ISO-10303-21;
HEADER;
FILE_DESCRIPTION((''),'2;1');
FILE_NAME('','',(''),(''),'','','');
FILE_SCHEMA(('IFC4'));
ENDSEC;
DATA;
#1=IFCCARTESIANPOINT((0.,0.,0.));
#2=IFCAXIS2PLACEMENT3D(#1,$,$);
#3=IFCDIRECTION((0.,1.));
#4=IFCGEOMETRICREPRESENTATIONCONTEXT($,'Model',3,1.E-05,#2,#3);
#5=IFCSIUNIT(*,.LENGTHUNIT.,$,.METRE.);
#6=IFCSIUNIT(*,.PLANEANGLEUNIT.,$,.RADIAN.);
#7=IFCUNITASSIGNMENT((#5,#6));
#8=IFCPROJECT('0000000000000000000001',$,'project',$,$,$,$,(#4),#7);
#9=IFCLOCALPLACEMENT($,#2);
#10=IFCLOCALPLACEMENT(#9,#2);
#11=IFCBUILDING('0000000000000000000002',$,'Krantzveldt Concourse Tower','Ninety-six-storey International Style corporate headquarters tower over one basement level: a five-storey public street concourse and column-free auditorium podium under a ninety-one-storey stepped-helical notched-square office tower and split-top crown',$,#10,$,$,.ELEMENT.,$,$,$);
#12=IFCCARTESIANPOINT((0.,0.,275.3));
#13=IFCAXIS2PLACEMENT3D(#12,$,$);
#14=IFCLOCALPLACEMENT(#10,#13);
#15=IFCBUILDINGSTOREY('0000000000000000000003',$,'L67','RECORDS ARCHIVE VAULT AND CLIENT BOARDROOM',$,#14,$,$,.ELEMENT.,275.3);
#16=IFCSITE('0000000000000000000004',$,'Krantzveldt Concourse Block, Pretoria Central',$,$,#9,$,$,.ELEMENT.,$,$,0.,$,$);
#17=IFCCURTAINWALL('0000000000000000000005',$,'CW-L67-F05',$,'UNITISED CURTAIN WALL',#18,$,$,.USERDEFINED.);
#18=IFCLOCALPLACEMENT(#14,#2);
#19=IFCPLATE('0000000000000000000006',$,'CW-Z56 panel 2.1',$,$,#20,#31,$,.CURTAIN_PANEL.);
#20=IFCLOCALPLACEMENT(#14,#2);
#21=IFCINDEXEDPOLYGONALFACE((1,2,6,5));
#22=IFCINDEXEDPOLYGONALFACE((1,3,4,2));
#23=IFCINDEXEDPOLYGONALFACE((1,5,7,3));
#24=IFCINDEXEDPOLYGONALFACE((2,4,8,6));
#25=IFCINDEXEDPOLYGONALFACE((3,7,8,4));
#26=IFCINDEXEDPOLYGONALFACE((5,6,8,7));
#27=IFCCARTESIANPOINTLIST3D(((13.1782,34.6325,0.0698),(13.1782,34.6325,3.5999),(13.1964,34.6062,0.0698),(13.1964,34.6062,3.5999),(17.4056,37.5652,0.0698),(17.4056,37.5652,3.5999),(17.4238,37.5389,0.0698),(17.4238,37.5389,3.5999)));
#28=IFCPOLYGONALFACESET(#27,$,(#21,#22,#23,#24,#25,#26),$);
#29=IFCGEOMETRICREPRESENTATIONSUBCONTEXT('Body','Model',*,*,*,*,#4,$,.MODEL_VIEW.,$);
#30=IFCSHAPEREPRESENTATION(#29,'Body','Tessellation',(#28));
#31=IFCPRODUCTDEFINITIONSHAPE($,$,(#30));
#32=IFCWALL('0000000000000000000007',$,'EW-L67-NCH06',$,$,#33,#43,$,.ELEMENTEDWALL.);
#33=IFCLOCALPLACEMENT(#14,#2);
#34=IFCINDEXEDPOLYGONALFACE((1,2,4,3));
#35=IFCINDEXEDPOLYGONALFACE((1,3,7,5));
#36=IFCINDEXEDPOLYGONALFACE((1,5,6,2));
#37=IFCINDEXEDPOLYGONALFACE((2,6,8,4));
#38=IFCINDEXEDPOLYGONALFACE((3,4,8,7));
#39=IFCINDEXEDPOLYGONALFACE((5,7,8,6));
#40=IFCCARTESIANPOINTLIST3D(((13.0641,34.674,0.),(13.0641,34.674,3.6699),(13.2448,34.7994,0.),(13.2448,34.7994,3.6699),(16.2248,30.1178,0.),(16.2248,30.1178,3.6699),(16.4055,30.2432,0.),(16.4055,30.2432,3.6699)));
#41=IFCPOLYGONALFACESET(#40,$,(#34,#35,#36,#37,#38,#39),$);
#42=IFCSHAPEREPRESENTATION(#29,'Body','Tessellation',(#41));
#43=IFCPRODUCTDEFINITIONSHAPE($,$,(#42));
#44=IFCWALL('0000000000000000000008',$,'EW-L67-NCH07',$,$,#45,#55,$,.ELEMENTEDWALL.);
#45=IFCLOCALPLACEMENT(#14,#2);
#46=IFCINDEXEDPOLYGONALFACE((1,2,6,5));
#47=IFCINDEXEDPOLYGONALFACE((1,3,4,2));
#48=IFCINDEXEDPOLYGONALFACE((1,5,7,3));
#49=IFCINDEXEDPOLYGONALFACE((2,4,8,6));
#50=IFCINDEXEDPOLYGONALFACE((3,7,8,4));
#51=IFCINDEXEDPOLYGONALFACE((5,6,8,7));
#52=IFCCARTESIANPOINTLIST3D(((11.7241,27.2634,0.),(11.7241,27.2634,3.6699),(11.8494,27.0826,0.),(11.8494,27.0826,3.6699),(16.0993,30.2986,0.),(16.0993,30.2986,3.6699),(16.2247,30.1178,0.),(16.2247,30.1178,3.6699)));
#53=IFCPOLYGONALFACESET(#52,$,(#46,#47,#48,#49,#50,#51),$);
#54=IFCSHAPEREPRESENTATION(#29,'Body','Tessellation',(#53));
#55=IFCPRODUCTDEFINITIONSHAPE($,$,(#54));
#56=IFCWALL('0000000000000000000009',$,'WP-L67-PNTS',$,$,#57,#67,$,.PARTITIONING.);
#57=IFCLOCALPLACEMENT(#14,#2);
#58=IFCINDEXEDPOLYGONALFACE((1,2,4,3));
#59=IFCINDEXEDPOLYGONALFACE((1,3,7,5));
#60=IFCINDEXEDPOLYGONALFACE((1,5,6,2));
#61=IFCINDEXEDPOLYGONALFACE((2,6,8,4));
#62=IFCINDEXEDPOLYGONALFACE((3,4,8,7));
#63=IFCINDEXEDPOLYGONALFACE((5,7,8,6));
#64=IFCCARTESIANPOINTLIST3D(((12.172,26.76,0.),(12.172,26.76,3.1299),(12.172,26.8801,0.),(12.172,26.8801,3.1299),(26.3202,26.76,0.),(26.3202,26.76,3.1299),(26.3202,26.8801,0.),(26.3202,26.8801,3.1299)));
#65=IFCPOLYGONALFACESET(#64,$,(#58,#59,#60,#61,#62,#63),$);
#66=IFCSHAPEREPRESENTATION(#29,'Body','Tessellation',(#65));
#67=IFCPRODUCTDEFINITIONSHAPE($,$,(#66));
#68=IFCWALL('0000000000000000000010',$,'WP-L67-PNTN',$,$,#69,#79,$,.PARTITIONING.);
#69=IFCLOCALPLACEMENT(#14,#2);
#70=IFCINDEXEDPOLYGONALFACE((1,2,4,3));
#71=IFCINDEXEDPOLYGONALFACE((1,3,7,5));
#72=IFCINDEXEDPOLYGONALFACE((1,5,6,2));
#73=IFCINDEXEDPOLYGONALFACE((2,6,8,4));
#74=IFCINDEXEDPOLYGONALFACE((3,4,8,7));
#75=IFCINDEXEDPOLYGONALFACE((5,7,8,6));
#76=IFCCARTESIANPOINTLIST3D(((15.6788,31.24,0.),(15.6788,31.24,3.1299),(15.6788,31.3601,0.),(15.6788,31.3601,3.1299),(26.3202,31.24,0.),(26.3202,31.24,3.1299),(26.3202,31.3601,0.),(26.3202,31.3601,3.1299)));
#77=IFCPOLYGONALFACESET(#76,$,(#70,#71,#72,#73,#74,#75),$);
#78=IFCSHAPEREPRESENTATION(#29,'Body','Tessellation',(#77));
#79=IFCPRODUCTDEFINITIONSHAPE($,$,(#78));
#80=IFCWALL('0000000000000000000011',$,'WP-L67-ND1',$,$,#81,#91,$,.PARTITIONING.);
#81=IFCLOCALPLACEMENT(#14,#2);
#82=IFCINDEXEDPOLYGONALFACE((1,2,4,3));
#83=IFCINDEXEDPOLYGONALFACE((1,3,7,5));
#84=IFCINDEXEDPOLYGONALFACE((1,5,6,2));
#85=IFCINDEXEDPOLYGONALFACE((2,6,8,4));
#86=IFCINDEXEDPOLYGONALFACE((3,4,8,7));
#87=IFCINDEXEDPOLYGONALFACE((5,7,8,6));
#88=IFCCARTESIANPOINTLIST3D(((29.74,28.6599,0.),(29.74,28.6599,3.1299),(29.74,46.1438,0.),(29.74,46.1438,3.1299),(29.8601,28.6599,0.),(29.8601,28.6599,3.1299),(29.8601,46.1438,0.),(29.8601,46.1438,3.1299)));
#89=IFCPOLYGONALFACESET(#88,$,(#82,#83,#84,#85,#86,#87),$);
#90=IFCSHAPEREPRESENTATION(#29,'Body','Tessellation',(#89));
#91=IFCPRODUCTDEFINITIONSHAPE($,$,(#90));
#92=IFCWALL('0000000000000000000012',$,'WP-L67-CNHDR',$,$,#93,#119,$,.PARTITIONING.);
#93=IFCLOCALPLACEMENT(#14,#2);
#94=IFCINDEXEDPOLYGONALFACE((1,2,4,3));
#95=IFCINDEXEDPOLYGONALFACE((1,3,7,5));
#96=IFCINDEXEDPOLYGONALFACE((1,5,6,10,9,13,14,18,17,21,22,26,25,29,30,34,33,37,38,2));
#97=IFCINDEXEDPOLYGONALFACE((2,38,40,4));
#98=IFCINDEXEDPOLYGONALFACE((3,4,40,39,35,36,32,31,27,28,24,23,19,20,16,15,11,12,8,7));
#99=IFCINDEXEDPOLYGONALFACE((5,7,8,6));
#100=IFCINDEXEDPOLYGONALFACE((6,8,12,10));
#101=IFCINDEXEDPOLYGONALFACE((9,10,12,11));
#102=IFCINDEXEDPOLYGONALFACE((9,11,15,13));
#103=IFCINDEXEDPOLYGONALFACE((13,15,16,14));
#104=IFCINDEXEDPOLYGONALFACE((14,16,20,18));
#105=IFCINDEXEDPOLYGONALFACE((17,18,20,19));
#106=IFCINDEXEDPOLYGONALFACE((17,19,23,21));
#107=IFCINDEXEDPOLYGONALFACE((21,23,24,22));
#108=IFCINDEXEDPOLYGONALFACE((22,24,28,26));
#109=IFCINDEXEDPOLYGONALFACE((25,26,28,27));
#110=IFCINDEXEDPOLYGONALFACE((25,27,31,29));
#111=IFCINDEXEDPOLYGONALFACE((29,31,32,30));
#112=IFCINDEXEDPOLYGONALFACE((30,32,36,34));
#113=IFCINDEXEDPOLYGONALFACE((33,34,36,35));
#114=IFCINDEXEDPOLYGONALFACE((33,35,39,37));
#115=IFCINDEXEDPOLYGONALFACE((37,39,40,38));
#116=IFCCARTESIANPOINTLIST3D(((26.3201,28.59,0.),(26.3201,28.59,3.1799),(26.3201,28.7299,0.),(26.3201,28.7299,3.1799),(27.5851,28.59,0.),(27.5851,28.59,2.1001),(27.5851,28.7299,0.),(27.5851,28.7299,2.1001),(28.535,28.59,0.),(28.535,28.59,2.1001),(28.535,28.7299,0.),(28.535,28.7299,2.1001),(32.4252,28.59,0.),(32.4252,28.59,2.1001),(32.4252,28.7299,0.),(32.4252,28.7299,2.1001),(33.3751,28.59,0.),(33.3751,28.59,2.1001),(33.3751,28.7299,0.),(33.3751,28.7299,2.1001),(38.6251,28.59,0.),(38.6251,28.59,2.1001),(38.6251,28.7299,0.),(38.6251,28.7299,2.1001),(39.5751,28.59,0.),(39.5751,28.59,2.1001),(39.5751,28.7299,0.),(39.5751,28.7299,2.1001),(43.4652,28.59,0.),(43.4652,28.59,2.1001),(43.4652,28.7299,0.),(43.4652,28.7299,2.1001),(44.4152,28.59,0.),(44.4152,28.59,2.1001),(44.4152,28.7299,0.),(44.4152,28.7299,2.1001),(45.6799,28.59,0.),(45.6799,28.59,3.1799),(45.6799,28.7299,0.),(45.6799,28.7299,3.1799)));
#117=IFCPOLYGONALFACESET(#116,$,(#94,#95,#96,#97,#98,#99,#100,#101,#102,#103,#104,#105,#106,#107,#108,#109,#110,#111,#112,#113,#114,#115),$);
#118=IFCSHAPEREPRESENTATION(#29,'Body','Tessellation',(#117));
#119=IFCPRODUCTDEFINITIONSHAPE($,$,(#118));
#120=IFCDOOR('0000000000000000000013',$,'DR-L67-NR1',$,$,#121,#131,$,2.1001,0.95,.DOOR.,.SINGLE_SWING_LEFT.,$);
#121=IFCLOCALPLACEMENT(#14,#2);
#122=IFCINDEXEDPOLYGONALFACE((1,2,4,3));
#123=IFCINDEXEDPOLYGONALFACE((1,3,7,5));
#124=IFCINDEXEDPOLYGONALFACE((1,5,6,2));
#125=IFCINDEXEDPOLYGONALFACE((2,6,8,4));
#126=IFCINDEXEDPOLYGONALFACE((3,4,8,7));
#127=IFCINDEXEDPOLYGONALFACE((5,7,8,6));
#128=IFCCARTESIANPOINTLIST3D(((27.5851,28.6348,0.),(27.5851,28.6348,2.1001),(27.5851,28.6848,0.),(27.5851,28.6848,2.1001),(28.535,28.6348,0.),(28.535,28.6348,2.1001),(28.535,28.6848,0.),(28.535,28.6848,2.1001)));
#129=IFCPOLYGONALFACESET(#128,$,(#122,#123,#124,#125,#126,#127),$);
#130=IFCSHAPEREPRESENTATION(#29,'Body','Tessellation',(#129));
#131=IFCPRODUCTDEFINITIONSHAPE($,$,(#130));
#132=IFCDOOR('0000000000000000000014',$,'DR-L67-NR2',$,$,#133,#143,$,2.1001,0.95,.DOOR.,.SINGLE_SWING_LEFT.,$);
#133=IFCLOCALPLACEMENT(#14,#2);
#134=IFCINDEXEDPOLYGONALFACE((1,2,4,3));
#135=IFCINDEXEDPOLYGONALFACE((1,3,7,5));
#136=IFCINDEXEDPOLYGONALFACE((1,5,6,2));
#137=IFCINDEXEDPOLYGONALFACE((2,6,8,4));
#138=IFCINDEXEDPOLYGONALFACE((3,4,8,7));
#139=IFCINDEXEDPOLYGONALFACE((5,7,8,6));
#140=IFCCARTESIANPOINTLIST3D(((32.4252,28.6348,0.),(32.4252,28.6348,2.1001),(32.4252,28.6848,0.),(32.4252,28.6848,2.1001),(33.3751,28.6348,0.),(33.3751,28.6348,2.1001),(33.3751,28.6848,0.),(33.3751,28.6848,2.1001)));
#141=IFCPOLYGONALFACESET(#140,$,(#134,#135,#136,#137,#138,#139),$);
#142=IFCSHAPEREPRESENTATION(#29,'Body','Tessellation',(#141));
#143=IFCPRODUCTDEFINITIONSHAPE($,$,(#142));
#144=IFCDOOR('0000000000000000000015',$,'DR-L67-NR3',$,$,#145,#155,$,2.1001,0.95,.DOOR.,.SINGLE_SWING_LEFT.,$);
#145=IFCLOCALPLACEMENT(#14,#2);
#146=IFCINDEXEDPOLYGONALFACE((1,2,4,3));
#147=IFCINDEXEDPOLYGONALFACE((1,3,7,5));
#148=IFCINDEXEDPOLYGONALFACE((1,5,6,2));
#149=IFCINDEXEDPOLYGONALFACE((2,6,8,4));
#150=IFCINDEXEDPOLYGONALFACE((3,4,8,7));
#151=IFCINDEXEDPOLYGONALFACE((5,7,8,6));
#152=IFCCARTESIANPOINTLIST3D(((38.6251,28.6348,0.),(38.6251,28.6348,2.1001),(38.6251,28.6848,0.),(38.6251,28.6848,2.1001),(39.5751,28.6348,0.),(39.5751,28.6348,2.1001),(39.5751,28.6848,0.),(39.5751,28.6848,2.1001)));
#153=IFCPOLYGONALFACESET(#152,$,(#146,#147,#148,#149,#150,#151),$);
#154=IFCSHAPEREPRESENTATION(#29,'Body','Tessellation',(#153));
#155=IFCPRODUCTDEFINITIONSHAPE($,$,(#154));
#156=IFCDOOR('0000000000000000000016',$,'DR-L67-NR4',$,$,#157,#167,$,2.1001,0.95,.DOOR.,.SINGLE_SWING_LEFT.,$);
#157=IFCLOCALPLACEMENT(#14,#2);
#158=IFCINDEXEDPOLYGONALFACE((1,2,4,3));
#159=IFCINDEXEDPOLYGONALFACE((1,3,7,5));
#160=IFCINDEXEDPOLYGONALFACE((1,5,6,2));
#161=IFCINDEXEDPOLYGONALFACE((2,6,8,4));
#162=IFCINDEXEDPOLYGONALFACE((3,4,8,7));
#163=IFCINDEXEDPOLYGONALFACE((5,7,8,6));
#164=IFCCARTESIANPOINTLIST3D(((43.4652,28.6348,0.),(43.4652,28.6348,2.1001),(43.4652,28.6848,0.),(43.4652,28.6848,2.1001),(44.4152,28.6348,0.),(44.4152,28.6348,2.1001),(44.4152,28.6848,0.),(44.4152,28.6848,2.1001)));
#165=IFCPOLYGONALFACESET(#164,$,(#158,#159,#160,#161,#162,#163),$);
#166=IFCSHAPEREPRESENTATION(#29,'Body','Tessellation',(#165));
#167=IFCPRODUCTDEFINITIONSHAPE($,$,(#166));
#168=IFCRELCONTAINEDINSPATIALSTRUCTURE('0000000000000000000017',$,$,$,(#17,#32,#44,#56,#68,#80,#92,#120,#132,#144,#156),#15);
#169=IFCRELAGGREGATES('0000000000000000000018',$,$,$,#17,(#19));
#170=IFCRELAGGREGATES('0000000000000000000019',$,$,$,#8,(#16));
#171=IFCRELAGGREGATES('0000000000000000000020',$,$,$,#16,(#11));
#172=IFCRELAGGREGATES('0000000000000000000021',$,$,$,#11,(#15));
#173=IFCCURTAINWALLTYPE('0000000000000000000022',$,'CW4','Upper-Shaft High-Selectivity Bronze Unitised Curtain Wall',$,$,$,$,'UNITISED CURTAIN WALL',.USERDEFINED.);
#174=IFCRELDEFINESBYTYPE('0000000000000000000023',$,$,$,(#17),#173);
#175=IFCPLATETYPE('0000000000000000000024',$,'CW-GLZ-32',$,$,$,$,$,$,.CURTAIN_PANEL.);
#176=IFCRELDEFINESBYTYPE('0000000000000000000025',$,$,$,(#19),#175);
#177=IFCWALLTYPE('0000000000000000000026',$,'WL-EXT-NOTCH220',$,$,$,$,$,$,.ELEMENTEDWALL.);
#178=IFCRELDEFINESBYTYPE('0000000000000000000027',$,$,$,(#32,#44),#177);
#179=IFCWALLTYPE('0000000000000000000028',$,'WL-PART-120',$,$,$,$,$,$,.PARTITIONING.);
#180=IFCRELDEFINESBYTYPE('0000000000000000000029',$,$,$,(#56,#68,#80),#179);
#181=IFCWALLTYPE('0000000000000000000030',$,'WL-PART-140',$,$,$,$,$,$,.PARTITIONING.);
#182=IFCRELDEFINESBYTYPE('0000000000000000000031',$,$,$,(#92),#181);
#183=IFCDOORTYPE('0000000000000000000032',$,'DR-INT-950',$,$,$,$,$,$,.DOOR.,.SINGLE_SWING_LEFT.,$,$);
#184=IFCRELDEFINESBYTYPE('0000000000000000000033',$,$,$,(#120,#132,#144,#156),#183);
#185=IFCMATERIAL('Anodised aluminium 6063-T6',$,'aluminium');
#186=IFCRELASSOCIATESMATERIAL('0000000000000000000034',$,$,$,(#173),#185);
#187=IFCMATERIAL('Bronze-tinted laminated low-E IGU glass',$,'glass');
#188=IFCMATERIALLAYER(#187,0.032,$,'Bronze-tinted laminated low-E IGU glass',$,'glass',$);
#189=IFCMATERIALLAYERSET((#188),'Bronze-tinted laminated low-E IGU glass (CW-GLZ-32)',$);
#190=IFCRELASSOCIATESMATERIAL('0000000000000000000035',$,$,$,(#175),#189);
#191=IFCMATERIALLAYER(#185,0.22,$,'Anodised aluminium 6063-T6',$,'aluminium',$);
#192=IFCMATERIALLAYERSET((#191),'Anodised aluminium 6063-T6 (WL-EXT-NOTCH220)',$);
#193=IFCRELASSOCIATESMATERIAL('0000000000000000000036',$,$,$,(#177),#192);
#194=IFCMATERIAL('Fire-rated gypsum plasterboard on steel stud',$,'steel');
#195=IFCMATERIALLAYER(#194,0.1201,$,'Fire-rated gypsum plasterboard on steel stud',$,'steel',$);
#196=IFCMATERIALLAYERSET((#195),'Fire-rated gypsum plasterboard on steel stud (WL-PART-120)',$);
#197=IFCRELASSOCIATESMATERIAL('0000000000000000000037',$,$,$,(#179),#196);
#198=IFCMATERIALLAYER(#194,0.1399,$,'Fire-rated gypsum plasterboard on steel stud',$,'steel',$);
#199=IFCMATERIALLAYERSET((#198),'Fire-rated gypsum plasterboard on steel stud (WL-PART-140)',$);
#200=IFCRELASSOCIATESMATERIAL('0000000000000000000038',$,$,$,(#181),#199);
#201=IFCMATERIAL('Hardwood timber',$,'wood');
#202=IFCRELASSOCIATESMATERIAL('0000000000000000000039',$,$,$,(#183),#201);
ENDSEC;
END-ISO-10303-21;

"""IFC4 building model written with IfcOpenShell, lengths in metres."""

from ifc_helpers import new_model, si_unit, direction, frame, frame_2d, origin, origin_2d, place, context, subcontext, project, spatial, rectangle, extrude, source, transform, mapped, material, layer, layer_set, type_object, type_shapes, element, fill, aggregate, save


model = new_model("IFC4")

# Units and contexts
model_context = context("Model", 3, precision=1e-05, world=origin(), true_north=direction((0.0, 1.0)))
body_context = subcontext(model_context, "Body", "Model", "MODEL_VIEW")
ifc_project = project(units=[si_unit("LENGTHUNIT", "METRE"), si_unit("PLANEANGLEUNIT", "RADIAN")], contexts=[model_context])

# Site, building, storey
site_placement = place(None, origin())
site = spatial("IfcSite", under=ifc_project, at=site_placement, Name="Krantzveldt Concourse Block, Pretoria Central", CompositionType="ELEMENT", RefElevation=0.0)
building_placement = place(site_placement, origin())
building = spatial("IfcBuilding", under=site, at=building_placement, Name="Krantzveldt Concourse Tower", Description="Ninety-six-storey International Style corporate headquarters tower over one basement level: a five-storey public street concourse and column-free auditorium podium under a ninety-one-storey stepped-helical notched-square office tower and split-top crown", CompositionType="ELEMENT")
storey_placement = place(building_placement, frame((0.0, 0.0, 275.3)))
storey = spatial("IfcBuildingStorey", under=building, at=storey_placement, Name="L67", Description="RECORDS ARCHIVE VAULT AND CLIENT BOARDROOM", CompositionType="ELEMENT", Elevation=275.3)

# Curtain wall
ifc_material_1 = material(Name="Anodised aluminium 6063-T6", Category="aluminium")
curtain_wall_type = type_object("IfcCurtainWallType", Name="CW4", Description="Upper-Shaft High-Selectivity Bronze Unitised Curtain Wall", ElementType="UNITISED CURTAIN WALL", PredefinedType="USERDEFINED", material=ifc_material_1)
curtain_wall_1_placement = place(storey_placement, origin())
curtain_wall_1 = element("IfcCurtainWall", 1, at=curtain_wall_1_placement, inside=storey, type_object=curtain_wall_type, Name="CW-L67-F05", ObjectType="UNITISED CURTAIN WALL", PredefinedType="USERDEFINED")

# Plate
ifc_material_2 = material(Name="Bronze-tinted laminated low-E IGU glass", Category="glass")
ifc_layer_1 = layer(ifc_material_2, 0.032, Name="Bronze-tinted laminated low-E IGU glass", Category="glass")
ifc_layer_set_1 = layer_set([ifc_layer_1], Name="Bronze-tinted laminated low-E IGU glass (CW-GLZ-32)")
plate_type = type_object("IfcPlateType", Name="CW-GLZ-32", PredefinedType="CURTAIN_PANEL", material=ifc_layer_set_1)
shared_shape_1 = source(origin(), body_context, "Body", "SweptSolid", [
    extrude(rectangle(XDim=5.145, YDim=0.032, at=origin_2d()), origin(), (0.0, 0.0, 1.0), 3.53),
])
type_shapes(plate_type, [shared_shape_1])
plate_placement = place(storey_placement, frame((15.301, 36.0857, 0.0698), z_axis=(0.0, 0.0, 1.0), x_axis=(-0.821647, -0.569996, 0.0)))
plate = element("IfcPlate", 2, at=plate_placement, type_object=plate_type, Name="CW-Z56 panel 2.1", PredefinedType="CURTAIN_PANEL", context=body_context, shape_type="MappedRepresentation", body=[
    mapped(shared_shape_1, transform((0.0, 0.0, 0.0), x_axis=(1.0, 0.0, 0.0), y_axis=(0.0, 1.0, 0.0), z_axis=(0.0, 0.0, 1.0), scale=1.0)),
])
aggregate(curtain_wall_1, [plate])

# Walls
ifc_layer_2 = layer(ifc_material_1, 0.22, Name="Anodised aluminium 6063-T6", Category="aluminium")
ifc_layer_set_2 = layer_set([ifc_layer_2], Name="Anodised aluminium 6063-T6 (WL-EXT-NOTCH220)")
wall_type_1 = type_object("IfcWallType", Name="WL-EXT-NOTCH220", PredefinedType="ELEMENTEDWALL", material=ifc_layer_set_2)
wall_1_placement = place(storey_placement, frame((13.1545, 34.7366, 0.0), z_axis=(0.0, 0.0, 1.0), x_axis=(0.569988, -0.821653, 0.0)))
element("IfcWall", 3, at=wall_1_placement, inside=storey, type_object=wall_type_1, Name="EW-L67-NCH06", PredefinedType="ELEMENTEDWALL", context=body_context, shape_type="SweptSolid", body=[
    extrude(rectangle(XDim=5.5452, YDim=0.22, at=frame_2d((2.7725, 0.0))), origin(), (0.0, 0.0, 1.0), 3.6699),
])
wall_2_placement = place(storey_placement, frame((16.1621, 30.2083, 0.0), z_axis=(0.0, 0.0, 1.0), x_axis=(-0.821652, -0.569989, 0.0)))
element("IfcWall", 4, at=wall_2_placement, inside=storey, type_object=wall_type_1, Name="EW-L67-NCH07", PredefinedType="ELEMENTEDWALL", context=body_context, shape_type="SweptSolid", body=[
    extrude(rectangle(XDim=5.325, YDim=0.22, at=frame_2d((2.6626, 0.0))), origin(), (0.0, 0.0, 1.0), 3.6699),
])
ifc_material_3 = material(Name="Fire-rated gypsum plasterboard on steel stud", Category="steel")
ifc_layer_3 = layer(ifc_material_3, 0.1201, Name="Fire-rated gypsum plasterboard on steel stud", Category="steel")
ifc_layer_set_3 = layer_set([ifc_layer_3], Name="Fire-rated gypsum plasterboard on steel stud (WL-PART-120)")
wall_type_2 = type_object("IfcWallType", Name="WL-PART-120", PredefinedType="PARTITIONING", material=ifc_layer_set_3)
wall_3_placement = place(storey_placement, frame((12.1719, 26.8201, 0.0), z_axis=(0.0, 0.0, 1.0), x_axis=(1.0, 0.0, 0.0)))
element("IfcWall", 5, at=wall_3_placement, inside=storey, type_object=wall_type_2, Name="WP-L67-PNTS", PredefinedType="PARTITIONING", context=body_context, shape_type="SweptSolid", body=[
    extrude(rectangle(XDim=14.1482, YDim=0.1201, at=frame_2d((7.0742, 0.0))), origin(), (0.0, 0.0, 1.0), 3.1299),
])
wall_4_placement = place(storey_placement, frame((15.6787, 31.3, 0.0), z_axis=(0.0, 0.0, 1.0), x_axis=(1.0, 0.0, 0.0)))
element("IfcWall", 6, at=wall_4_placement, inside=storey, type_object=wall_type_2, Name="WP-L67-PNTN", PredefinedType="PARTITIONING", context=body_context, shape_type="SweptSolid", body=[
    extrude(rectangle(XDim=10.6414, YDim=0.1201, at=frame_2d((5.3208, 0.0))), origin(), (0.0, 0.0, 1.0), 3.1299),
])
wall_5_placement = place(storey_placement, frame((29.8, 28.6599, 0.0), z_axis=(0.0, 0.0, 1.0), x_axis=(0.0, 1.0, 0.0)))
element("IfcWall", 7, at=wall_5_placement, inside=storey, type_object=wall_type_2, Name="WP-L67-ND1", PredefinedType="PARTITIONING", context=body_context, shape_type="SweptSolid", body=[
    extrude(rectangle(XDim=17.4839, YDim=0.1201, at=frame_2d((8.7419, 0.0))), origin(), (0.0, 0.0, 1.0), 3.1299),
])

# Wall, openings, doors
ifc_layer_4 = layer(ifc_material_3, 0.1399, Name="Fire-rated gypsum plasterboard on steel stud", Category="steel")
ifc_layer_set_4 = layer_set([ifc_layer_4], Name="Fire-rated gypsum plasterboard on steel stud (WL-PART-140)")
wall_type_3 = type_object("IfcWallType", Name="WL-PART-140", PredefinedType="PARTITIONING", material=ifc_layer_set_4)
wall_6_placement = place(storey_placement, frame((26.3201, 28.6599, 0.0), z_axis=(0.0, 0.0, 1.0), x_axis=(1.0, 0.0, 0.0)))
wall_6 = element("IfcWall", 8, at=wall_6_placement, inside=storey, type_object=wall_type_3, Name="WP-L67-CNHDR", PredefinedType="PARTITIONING", context=body_context, shape_type="SweptSolid", body=[
    extrude(rectangle(XDim=19.3599, YDim=0.1399, at=frame_2d((9.6799, 0.0))), origin(), (0.0, 0.0, 1.0), 3.1799),
])
opening_1_placement = place(wall_6_placement, frame((1.2649, 0.0, 0.0)))
opening_1 = element("IfcOpeningElement", 9, at=opening_1_placement, cuts=wall_6, PredefinedType="OPENING", context=body_context, shape_type="SweptSolid", body=[
    extrude(rectangle(XDim=0.95, YDim=2.1001, at=frame_2d((0.4751, 1.05))), frame((0.0, 0.0801, 0.0), z_axis=(0.0, -1.0, 0.0), x_axis=(1.0, 0.0, 0.0)), (0.0, 0.0, 1.0), 0.1599),
])
opening_2_placement = place(wall_6_placement, frame((6.105, 0.0, 0.0)))
opening_2 = element("IfcOpeningElement", 10, at=opening_2_placement, cuts=wall_6, PredefinedType="OPENING", context=body_context, shape_type="SweptSolid", body=[
    extrude(rectangle(XDim=0.95, YDim=2.1001, at=frame_2d((0.4751, 1.05))), frame((0.0, 0.0801, 0.0), z_axis=(0.0, -1.0, 0.0), x_axis=(1.0, 0.0, 0.0)), (0.0, 0.0, 1.0), 0.1599),
])
opening_3_placement = place(wall_6_placement, frame((12.3049, 0.0, 0.0)))
opening_3 = element("IfcOpeningElement", 11, at=opening_3_placement, cuts=wall_6, PredefinedType="OPENING", context=body_context, shape_type="SweptSolid", body=[
    extrude(rectangle(XDim=0.95, YDim=2.1001, at=frame_2d((0.4751, 1.05))), frame((0.0, 0.0801, 0.0), z_axis=(0.0, -1.0, 0.0), x_axis=(1.0, 0.0, 0.0)), (0.0, 0.0, 1.0), 0.1599),
])
opening_4_placement = place(wall_6_placement, frame((17.145, 0.0, 0.0)))
opening_4 = element("IfcOpeningElement", 12, at=opening_4_placement, cuts=wall_6, PredefinedType="OPENING", context=body_context, shape_type="SweptSolid", body=[
    extrude(rectangle(XDim=0.95, YDim=2.1001, at=frame_2d((0.4751, 1.05))), frame((0.0, 0.0801, 0.0), z_axis=(0.0, -1.0, 0.0), x_axis=(1.0, 0.0, 0.0)), (0.0, 0.0, 1.0), 0.1599),
])
ifc_material_4 = material(Name="Hardwood timber", Category="wood")
door_type = type_object("IfcDoorType", Name="DR-INT-950", OperationType="SINGLE_SWING_LEFT", PredefinedType="DOOR", material=ifc_material_4)
door_1_placement = place(opening_1_placement, origin())
door_1 = element("IfcDoor", 13, at=door_1_placement, inside=storey, type_object=door_type, Name="DR-L67-NR1", OperationType="SINGLE_SWING_LEFT", OverallHeight=2.1001, OverallWidth=0.95, PredefinedType="DOOR", context=body_context, shape_type="SweptSolid", body=[
    extrude(rectangle(XDim=0.95, YDim=2.1001, at=frame_2d((0.4751, 1.05))), frame((0.0, 0.0249, 0.0), z_axis=(0.0, -1.0, 0.0), x_axis=(1.0, 0.0, 0.0)), (0.0, 0.0, 1.0), 0.05),
])
fill(opening_1, door_1)
door_2_placement = place(opening_2_placement, origin())
door_2 = element("IfcDoor", 14, at=door_2_placement, inside=storey, type_object=door_type, Name="DR-L67-NR2", OperationType="SINGLE_SWING_LEFT", OverallHeight=2.1001, OverallWidth=0.95, PredefinedType="DOOR", context=body_context, shape_type="SweptSolid", body=[
    extrude(rectangle(XDim=0.95, YDim=2.1001, at=frame_2d((0.4751, 1.05))), frame((0.0, 0.0249, 0.0), z_axis=(0.0, -1.0, 0.0), x_axis=(1.0, 0.0, 0.0)), (0.0, 0.0, 1.0), 0.05),
])
fill(opening_2, door_2)
door_3_placement = place(opening_3_placement, origin())
door_3 = element("IfcDoor", 15, at=door_3_placement, inside=storey, type_object=door_type, Name="DR-L67-NR3", OperationType="SINGLE_SWING_LEFT", OverallHeight=2.1001, OverallWidth=0.95, PredefinedType="DOOR", context=body_context, shape_type="SweptSolid", body=[
    extrude(rectangle(XDim=0.95, YDim=2.1001, at=frame_2d((0.4751, 1.05))), frame((0.0, 0.0249, 0.0), z_axis=(0.0, -1.0, 0.0), x_axis=(1.0, 0.0, 0.0)), (0.0, 0.0, 1.0), 0.05),
])
fill(opening_3, door_3)
door_4_placement = place(opening_4_placement, origin())
door_4 = element("IfcDoor", 16, at=door_4_placement, inside=storey, type_object=door_type, Name="DR-L67-NR4", OperationType="SINGLE_SWING_LEFT", OverallHeight=2.1001, OverallWidth=0.95, PredefinedType="DOOR", context=body_context, shape_type="SweptSolid", body=[
    extrude(rectangle(XDim=0.95, YDim=2.1001, at=frame_2d((0.4751, 1.05))), frame((0.0, 0.0249, 0.0), z_axis=(0.0, -1.0, 0.0), x_axis=(1.0, 0.0, 0.0)), (0.0, 0.0, 1.0), 0.05),
])
fill(opening_4, door_4)

save(model, "model.ifc")
